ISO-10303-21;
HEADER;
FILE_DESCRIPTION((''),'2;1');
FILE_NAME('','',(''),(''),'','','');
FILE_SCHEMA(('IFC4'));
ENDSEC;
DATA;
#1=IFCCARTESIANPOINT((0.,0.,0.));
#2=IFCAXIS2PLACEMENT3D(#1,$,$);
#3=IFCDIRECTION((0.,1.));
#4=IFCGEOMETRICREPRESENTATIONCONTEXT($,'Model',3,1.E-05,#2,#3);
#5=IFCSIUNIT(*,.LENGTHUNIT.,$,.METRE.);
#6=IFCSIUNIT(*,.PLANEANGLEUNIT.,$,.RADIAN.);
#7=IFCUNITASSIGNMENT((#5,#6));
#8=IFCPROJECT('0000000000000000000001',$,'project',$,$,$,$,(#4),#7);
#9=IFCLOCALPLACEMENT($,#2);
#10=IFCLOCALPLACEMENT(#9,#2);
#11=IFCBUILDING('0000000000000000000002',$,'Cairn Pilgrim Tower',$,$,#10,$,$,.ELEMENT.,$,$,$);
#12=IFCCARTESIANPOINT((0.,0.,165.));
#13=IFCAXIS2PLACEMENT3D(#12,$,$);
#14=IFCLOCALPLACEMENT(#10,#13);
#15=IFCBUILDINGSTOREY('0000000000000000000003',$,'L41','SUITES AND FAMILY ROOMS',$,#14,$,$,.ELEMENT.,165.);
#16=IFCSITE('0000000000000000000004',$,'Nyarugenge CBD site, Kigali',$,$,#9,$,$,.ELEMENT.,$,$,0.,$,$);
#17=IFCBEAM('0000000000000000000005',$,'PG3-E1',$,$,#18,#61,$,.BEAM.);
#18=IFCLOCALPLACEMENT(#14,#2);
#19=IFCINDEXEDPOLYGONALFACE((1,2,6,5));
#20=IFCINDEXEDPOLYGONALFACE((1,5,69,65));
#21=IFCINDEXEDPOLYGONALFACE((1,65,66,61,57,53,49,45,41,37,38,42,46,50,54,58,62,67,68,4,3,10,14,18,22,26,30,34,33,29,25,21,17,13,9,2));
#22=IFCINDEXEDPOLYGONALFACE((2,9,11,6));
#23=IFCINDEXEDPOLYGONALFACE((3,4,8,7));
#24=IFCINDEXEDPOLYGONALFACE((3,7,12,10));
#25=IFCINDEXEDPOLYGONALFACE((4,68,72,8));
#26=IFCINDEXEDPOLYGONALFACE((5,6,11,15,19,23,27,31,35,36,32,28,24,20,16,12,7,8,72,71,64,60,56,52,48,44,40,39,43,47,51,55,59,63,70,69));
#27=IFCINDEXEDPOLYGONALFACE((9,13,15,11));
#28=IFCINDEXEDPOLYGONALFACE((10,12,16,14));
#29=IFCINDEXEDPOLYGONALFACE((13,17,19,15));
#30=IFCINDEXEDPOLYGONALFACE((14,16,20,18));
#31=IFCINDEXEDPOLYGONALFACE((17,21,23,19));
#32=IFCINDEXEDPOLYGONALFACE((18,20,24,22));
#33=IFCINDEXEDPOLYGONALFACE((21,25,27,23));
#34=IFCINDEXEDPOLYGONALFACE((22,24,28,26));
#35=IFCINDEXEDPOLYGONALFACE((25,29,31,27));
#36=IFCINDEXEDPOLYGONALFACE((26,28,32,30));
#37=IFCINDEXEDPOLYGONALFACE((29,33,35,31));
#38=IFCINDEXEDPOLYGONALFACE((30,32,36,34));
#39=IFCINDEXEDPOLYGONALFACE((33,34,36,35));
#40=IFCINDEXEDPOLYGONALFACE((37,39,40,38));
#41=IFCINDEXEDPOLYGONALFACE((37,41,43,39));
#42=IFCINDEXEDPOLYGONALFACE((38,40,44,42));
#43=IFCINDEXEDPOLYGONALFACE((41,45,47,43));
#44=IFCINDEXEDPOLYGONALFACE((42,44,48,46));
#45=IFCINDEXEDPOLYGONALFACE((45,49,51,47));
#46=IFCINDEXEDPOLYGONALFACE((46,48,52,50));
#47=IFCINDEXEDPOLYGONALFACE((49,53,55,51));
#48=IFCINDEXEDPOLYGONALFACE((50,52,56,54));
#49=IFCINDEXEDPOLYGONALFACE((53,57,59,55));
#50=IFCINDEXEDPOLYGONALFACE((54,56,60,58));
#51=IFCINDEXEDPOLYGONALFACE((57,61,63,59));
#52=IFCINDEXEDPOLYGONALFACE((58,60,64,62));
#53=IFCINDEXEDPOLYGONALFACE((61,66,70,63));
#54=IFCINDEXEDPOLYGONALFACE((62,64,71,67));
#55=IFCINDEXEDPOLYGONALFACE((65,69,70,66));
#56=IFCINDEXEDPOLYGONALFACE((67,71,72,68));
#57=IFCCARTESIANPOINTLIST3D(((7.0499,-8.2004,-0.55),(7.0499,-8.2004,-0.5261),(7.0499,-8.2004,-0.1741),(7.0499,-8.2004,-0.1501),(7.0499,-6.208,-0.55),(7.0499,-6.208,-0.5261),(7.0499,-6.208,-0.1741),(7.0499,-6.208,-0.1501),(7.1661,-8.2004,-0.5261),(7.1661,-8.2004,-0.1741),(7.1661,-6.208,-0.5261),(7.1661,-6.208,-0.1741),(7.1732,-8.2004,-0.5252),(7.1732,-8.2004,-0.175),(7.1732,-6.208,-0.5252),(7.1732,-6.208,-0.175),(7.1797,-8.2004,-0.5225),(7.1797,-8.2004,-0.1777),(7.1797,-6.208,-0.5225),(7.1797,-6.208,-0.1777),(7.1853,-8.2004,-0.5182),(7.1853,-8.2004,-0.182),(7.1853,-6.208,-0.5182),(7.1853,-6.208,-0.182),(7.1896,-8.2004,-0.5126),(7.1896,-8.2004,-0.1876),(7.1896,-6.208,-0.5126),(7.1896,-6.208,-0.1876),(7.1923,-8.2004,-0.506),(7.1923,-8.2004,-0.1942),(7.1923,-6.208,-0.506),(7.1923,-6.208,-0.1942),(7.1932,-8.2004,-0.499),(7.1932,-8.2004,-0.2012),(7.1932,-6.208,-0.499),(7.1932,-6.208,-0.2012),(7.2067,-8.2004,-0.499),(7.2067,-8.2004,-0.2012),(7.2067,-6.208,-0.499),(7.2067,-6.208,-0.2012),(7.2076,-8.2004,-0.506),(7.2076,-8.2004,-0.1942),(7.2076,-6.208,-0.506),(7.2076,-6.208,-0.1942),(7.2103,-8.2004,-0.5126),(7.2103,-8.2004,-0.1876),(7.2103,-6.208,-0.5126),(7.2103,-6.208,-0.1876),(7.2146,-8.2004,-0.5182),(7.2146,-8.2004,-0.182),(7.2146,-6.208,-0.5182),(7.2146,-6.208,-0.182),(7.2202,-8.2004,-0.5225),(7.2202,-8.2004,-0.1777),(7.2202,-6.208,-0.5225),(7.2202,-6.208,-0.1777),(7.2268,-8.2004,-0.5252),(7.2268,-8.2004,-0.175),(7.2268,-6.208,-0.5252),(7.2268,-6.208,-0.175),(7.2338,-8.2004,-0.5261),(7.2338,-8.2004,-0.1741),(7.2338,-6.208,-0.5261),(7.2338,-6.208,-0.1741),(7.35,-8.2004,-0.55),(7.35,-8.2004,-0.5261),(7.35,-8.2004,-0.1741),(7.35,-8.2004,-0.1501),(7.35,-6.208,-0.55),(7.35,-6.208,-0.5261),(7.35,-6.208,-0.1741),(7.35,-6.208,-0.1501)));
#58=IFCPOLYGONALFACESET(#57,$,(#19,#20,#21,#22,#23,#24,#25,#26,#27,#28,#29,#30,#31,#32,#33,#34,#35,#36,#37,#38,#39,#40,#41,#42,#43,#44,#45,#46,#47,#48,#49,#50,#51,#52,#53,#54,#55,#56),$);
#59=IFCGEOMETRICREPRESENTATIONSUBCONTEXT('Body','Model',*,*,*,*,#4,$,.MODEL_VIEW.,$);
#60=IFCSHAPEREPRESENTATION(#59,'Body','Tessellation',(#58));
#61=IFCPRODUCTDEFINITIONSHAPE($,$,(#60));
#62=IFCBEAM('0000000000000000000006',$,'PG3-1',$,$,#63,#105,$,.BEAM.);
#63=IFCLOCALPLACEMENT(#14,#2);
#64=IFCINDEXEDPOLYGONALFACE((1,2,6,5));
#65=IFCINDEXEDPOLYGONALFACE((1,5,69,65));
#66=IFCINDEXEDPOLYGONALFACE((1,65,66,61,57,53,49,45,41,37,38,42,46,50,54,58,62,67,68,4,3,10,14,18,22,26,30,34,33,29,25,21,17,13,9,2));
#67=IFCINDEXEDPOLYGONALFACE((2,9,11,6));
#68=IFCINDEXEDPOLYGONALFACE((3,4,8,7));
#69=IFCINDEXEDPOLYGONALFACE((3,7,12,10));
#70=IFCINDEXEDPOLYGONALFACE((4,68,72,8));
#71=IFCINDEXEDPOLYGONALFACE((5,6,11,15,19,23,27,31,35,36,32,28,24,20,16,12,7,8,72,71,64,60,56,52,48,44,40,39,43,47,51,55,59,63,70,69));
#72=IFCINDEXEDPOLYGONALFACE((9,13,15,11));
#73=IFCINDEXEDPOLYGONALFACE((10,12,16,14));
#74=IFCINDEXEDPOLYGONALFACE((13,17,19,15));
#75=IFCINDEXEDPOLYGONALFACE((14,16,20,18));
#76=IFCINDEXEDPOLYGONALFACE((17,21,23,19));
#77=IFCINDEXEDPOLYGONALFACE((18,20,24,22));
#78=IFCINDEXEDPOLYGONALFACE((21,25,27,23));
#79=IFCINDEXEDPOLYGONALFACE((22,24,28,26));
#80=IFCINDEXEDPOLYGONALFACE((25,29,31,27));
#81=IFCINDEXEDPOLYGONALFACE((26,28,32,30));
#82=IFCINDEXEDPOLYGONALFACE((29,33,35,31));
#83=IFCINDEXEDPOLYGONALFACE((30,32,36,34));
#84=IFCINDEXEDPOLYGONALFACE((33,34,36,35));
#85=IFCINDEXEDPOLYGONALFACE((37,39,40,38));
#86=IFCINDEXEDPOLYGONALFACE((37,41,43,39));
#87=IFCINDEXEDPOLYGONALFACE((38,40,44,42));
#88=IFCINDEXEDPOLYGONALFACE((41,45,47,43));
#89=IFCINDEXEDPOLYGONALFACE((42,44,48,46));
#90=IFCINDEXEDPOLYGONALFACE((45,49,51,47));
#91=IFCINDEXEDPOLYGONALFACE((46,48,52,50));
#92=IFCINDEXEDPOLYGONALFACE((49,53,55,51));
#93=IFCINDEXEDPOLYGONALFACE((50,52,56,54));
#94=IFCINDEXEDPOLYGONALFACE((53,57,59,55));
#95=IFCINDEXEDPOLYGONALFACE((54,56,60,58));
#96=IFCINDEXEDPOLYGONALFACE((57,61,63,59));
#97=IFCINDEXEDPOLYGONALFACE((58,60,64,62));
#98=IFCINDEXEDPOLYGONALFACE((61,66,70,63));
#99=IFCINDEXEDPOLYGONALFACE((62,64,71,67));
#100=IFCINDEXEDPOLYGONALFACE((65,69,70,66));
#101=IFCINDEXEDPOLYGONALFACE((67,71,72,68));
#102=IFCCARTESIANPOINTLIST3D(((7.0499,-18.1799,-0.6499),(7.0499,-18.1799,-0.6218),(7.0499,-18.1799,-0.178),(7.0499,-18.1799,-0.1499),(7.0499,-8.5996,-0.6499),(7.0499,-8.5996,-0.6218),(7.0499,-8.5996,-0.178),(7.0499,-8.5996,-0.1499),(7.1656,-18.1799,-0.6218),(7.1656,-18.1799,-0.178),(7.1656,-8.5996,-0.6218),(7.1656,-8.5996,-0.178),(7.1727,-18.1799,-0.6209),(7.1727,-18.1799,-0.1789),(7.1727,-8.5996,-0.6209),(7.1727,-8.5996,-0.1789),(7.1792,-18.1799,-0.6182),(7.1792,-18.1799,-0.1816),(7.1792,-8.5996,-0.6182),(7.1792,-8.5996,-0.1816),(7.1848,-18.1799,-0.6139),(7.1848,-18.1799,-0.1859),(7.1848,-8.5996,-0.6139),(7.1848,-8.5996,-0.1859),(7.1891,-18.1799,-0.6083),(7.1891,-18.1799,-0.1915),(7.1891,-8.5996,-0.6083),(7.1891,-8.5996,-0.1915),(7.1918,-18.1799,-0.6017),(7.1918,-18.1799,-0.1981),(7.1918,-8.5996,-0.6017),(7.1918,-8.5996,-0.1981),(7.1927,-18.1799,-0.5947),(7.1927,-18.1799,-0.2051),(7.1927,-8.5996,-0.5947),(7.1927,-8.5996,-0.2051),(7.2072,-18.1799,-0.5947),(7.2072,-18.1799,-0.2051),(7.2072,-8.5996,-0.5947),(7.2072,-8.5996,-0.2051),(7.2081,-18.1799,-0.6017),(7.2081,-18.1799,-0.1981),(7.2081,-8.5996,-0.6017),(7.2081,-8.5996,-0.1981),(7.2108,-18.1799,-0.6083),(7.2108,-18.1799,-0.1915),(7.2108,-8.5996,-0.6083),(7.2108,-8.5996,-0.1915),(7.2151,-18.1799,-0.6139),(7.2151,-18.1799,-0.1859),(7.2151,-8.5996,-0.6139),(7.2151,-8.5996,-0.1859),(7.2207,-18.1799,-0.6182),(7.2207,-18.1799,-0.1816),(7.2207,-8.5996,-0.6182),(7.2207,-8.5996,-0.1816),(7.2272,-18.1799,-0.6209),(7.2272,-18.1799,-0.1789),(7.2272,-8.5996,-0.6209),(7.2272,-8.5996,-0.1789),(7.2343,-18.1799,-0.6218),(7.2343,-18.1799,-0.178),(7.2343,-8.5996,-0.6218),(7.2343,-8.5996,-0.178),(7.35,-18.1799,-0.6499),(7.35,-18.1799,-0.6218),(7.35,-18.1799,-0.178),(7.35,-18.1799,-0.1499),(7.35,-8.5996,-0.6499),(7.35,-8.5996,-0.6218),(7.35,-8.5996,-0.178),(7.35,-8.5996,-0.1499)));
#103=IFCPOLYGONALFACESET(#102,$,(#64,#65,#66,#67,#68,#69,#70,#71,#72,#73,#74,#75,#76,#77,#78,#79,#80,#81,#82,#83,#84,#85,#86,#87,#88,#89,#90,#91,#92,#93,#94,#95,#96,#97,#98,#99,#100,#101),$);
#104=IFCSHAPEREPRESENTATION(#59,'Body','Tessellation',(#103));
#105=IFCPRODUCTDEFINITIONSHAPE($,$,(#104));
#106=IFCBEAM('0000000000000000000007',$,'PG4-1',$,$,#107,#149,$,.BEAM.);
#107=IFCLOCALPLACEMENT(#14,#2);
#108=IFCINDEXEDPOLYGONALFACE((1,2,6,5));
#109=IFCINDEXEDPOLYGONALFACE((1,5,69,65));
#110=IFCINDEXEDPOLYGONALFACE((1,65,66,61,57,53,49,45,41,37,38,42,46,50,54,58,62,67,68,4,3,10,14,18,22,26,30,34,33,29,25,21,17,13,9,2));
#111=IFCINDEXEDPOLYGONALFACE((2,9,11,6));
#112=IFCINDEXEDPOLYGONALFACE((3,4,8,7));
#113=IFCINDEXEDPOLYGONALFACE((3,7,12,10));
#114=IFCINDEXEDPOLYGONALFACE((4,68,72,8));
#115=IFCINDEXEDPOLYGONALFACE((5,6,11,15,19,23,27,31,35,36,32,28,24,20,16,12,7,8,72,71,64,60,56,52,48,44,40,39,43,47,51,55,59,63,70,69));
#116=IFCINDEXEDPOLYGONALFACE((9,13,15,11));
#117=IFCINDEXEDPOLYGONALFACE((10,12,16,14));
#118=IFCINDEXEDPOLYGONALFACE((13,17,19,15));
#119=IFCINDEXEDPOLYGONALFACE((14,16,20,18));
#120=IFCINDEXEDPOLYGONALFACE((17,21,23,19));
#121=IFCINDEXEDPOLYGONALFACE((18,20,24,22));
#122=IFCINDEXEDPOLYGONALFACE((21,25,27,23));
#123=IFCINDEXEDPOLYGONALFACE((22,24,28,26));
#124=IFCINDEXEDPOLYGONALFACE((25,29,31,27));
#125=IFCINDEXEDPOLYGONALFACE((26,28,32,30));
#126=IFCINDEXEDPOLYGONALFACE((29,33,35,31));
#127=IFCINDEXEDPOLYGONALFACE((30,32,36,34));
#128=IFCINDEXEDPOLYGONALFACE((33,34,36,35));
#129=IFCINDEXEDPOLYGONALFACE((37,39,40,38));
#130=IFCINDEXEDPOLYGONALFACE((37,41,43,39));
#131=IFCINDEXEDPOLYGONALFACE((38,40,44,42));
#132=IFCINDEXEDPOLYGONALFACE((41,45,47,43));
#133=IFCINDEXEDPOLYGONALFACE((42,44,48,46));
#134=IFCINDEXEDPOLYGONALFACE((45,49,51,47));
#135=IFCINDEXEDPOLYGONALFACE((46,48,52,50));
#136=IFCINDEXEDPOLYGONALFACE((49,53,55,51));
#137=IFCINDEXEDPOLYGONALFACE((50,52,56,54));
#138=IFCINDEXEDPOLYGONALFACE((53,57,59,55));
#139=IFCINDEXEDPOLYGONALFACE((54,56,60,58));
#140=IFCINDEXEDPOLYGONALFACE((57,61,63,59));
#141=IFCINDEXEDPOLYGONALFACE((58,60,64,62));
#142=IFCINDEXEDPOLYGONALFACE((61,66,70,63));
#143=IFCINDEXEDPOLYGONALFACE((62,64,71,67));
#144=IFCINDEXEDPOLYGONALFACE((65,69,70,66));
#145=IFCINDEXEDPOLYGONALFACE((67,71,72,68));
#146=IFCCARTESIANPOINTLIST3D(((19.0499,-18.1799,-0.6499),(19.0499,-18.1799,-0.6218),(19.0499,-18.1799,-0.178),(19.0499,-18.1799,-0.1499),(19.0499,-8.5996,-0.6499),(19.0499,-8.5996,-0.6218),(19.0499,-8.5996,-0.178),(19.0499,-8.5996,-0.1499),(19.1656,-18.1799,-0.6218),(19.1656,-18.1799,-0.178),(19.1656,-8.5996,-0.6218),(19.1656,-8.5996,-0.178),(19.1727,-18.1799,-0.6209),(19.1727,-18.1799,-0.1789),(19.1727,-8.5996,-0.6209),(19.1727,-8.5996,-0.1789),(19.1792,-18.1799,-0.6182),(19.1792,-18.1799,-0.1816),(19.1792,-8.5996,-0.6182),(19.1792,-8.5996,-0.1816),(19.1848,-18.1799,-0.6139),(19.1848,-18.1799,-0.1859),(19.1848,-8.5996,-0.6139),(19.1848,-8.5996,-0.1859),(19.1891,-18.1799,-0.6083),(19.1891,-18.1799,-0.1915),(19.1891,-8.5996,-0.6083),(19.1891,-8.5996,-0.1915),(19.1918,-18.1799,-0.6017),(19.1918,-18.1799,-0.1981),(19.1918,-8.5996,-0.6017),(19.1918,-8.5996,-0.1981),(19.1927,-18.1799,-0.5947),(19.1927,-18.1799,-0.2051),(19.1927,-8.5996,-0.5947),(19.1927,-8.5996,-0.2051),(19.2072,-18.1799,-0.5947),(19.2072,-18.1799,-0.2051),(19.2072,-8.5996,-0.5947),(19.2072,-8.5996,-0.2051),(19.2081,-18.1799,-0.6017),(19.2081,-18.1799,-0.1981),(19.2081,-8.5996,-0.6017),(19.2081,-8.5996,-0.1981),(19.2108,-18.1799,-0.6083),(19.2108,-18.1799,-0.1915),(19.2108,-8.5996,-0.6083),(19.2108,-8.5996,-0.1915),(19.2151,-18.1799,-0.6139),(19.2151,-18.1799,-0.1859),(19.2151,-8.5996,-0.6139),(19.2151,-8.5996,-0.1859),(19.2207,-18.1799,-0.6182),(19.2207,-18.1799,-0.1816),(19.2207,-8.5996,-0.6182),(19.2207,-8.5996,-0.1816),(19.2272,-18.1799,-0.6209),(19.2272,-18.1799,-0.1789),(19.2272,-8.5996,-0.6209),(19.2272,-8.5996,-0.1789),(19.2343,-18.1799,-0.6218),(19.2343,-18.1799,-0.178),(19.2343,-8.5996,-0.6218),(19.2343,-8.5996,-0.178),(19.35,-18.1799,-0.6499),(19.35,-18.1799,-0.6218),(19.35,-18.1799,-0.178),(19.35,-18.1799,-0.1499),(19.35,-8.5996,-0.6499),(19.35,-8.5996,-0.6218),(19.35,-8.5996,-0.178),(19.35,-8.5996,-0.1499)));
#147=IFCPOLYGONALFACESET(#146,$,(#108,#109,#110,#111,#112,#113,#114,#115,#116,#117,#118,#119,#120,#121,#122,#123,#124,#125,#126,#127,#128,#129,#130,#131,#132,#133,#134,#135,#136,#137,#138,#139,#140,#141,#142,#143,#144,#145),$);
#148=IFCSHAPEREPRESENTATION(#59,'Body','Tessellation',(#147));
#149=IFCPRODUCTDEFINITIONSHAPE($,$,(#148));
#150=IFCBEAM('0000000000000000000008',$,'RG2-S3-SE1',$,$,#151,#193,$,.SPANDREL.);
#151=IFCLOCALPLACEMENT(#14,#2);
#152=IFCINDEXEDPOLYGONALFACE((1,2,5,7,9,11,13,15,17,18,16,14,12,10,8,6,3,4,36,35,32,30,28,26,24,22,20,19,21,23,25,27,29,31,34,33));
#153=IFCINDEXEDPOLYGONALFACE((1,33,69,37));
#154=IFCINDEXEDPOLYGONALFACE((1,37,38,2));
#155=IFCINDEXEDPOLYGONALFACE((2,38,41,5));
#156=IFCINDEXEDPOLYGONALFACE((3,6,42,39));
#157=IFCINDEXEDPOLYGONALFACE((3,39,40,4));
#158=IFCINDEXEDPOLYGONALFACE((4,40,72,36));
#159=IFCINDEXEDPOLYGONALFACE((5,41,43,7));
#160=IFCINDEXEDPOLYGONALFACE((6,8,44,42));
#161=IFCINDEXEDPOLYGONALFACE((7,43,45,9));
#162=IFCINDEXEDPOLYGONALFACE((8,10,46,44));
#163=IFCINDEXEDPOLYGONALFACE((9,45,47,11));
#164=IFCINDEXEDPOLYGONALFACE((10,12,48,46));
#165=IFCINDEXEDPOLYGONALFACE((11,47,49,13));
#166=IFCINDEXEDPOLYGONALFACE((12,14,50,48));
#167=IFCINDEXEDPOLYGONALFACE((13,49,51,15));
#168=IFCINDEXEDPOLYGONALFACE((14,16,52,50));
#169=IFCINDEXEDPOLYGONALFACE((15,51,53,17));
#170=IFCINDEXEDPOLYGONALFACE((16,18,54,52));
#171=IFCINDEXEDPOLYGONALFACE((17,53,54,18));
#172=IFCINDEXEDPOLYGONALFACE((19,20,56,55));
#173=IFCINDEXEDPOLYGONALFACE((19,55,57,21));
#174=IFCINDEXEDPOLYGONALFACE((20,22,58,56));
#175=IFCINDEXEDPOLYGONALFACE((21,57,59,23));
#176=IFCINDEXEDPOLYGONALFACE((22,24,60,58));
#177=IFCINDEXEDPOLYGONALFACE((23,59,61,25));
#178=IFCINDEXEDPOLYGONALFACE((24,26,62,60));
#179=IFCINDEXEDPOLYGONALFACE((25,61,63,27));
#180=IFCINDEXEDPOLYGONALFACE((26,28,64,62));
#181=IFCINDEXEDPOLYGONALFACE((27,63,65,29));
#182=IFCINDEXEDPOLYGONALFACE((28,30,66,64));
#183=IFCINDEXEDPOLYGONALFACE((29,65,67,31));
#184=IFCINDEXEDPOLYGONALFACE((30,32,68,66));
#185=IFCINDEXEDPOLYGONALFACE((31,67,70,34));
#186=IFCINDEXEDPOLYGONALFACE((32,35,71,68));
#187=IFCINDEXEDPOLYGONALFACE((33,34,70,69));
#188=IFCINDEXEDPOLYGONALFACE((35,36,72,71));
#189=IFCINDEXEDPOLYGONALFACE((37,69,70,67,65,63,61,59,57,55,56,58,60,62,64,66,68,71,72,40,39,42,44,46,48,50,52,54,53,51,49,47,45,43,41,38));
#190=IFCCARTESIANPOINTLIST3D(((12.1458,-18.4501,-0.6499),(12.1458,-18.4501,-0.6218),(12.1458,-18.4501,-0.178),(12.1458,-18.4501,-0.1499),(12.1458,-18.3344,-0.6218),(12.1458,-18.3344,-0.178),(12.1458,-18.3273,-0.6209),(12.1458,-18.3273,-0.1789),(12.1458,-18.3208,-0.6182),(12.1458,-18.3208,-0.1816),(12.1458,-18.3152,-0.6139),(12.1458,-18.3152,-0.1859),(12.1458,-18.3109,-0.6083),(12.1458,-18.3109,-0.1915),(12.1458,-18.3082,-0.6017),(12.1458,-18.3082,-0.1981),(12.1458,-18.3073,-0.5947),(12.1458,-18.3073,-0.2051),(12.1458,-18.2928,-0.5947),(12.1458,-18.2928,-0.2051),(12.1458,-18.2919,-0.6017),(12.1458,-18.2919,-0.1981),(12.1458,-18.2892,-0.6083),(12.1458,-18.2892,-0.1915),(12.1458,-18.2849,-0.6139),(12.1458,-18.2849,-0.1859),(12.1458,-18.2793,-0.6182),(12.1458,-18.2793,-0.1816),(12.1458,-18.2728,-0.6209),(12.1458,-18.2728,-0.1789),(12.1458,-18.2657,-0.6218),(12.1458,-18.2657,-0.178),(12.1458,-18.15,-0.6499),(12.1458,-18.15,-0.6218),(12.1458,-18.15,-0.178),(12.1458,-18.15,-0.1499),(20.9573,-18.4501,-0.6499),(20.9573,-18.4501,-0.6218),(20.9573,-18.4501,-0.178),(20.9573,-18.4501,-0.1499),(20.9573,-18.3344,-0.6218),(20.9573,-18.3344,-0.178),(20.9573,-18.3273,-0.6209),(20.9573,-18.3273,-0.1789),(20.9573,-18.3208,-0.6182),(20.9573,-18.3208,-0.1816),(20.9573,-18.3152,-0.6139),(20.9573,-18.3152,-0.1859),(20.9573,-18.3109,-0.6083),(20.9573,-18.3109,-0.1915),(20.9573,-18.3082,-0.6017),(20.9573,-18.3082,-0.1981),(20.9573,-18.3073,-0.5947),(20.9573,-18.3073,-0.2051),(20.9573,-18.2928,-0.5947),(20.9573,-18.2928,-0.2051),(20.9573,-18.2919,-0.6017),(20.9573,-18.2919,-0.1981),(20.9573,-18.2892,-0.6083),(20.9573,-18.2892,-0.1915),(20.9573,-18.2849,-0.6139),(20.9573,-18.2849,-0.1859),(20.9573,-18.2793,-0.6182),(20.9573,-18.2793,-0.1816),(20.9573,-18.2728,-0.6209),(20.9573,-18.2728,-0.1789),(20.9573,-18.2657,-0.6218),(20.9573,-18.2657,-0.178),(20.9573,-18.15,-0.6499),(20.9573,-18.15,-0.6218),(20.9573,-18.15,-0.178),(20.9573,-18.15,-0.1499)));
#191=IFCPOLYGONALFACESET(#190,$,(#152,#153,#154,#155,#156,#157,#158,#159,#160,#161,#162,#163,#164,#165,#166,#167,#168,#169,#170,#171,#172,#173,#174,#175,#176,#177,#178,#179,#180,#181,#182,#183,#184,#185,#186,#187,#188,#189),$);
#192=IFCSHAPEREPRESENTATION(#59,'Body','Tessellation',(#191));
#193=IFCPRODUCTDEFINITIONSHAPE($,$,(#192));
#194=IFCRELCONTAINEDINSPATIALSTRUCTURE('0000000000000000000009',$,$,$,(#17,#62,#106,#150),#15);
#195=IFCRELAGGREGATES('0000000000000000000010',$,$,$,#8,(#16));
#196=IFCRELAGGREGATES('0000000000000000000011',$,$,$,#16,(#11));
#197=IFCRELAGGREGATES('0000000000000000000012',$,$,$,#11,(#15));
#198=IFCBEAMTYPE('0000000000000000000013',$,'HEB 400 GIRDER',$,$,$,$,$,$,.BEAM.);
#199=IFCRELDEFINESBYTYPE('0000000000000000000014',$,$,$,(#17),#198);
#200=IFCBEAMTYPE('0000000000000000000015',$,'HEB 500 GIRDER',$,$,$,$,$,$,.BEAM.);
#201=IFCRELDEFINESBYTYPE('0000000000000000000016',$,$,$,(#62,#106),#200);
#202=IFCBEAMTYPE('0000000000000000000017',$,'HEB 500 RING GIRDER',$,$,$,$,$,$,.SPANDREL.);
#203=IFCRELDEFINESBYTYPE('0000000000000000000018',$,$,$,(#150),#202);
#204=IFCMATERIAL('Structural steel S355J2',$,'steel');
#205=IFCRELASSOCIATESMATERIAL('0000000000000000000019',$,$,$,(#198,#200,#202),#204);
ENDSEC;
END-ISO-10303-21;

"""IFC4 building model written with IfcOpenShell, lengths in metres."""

from ifc_helpers import new_model, si_unit, direction, frame, origin, origin_2d, place, context, subcontext, project, spatial, i_section, extrude, material, material_profile, profile_set, type_object, element, save


model = new_model("IFC4")

# Units and contexts
model_context = context("Model", 3, precision=1e-05, world=origin(), true_north=direction((0.0, 1.0)))
body_context = subcontext(model_context, "Body", "Model", "MODEL_VIEW")
ifc_project = project(units=[si_unit("LENGTHUNIT", "METRE"), si_unit("PLANEANGLEUNIT", "RADIAN")], contexts=[model_context])

# Site, building, storey
site_placement = place(None, origin())
site = spatial("IfcSite", under=ifc_project, at=site_placement, Name="Nyarugenge CBD site, Kigali", CompositionType="ELEMENT", RefElevation=0.0)
building_placement = place(site_placement, origin())
building = spatial("IfcBuilding", under=site, at=building_placement, Name="Cairn Pilgrim Tower", CompositionType="ELEMENT")
storey_placement = place(building_placement, frame((0.0, 0.0, 165.0)))
storey = spatial("IfcBuildingStorey", under=building, at=storey_placement, Name="L41", Description="SUITES AND FAMILY ROOMS", CompositionType="ELEMENT", Elevation=165.0)

# Shared definitions
ifc_material_1 = material(Name="Structural steel S355J2", Category="steel")

# Beams
ifc_material_profile_1 = material_profile(ifc_material_1, i_section(OverallWidth=0.3, OverallDepth=0.3999, WebThickness=0.0134, FlangeThickness=0.0239, FilletRadius=0.0271, at=origin_2d()), Name="HEB 400")
ifc_profile_set_1 = profile_set([ifc_material_profile_1], Name="Structural steel S355J2")
beam_type_1 = type_object("IfcBeamType", Name="HEB 400 GIRDER", PredefinedType="BEAM", material=ifc_profile_set_1)
beam_1_placement = place(storey_placement, frame((7.2, -8.2004, -0.3501), z_axis=(0.0, 1.0, 0.0), x_axis=(-1.0, 0.0, 0.0)))
element("IfcBeam", 1, at=beam_1_placement, inside=storey, type_object=beam_type_1, Name="PG3-E1", PredefinedType="BEAM", context=body_context, shape_type="SweptSolid", body=[
    extrude(i_section(OverallWidth=0.3, OverallDepth=0.3999, WebThickness=0.0134, FlangeThickness=0.0239, FilletRadius=0.0271, at=origin_2d()), origin(), (0.0, 0.0, 1.0), 1.9924),
])
ifc_material_profile_2 = material_profile(ifc_material_1, i_section(OverallWidth=0.3, OverallDepth=0.5, WebThickness=0.0144, FlangeThickness=0.0281, FilletRadius=0.0271, at=origin_2d()), Name="HEB 500")
ifc_profile_set_2 = profile_set([ifc_material_profile_2], Name="Structural steel S355J2")
beam_type_2 = type_object("IfcBeamType", Name="HEB 500 GIRDER", PredefinedType="BEAM", material=ifc_profile_set_2)
for number, where, z_axis, x_axis, name in (
    (2, (7.2, -18.1799, -0.3999), (0.0, 1.0, 0.0), (-1.0, 0.0, 0.0), "PG3-1"),
    (3, (19.2, -18.1799, -0.3999), (0.0, 1.0, 0.0), (-1.0, 0.0, 0.0), "PG4-1"),
):
    element("IfcBeam", number, at=place(storey_placement, frame(where, z_axis=z_axis, x_axis=x_axis)), inside=storey, type_object=beam_type_2, Name=name, PredefinedType="BEAM", context=body_context, shape_type="SweptSolid", body=[
        extrude(i_section(OverallWidth=0.3, OverallDepth=0.5, WebThickness=0.0144, FlangeThickness=0.0281, FilletRadius=0.0271, at=origin_2d()), origin(), (0.0, 0.0, 1.0), 9.5803),
    ])
ifc_material_profile_3 = material_profile(ifc_material_1, i_section(OverallWidth=0.3, OverallDepth=0.5, WebThickness=0.0144, FlangeThickness=0.0281, FilletRadius=0.0271, at=origin_2d()), Name="HEB 500")
ifc_profile_set_3 = profile_set([ifc_material_profile_3], Name="Structural steel S355J2")
beam_type_3 = type_object("IfcBeamType", Name="HEB 500 RING GIRDER", PredefinedType="SPANDREL", material=ifc_profile_set_3)
beam_2_placement = place(storey_placement, frame((12.1458, -18.3, -0.3999), z_axis=(1.0, 0.0, 0.0), x_axis=(0.0, 1.0, 0.0)))
element("IfcBeam", 4, at=beam_2_placement, inside=storey, type_object=beam_type_3, Name="RG2-S3-SE1", PredefinedType="SPANDREL", context=body_context, shape_type="SweptSolid", body=[
    extrude(i_section(OverallWidth=0.3, OverallDepth=0.5, WebThickness=0.0144, FlangeThickness=0.0281, FilletRadius=0.0271, at=origin_2d()), origin(), (0.0, 0.0, 1.0), 8.8115),
])

save(model, "model.ifc")
